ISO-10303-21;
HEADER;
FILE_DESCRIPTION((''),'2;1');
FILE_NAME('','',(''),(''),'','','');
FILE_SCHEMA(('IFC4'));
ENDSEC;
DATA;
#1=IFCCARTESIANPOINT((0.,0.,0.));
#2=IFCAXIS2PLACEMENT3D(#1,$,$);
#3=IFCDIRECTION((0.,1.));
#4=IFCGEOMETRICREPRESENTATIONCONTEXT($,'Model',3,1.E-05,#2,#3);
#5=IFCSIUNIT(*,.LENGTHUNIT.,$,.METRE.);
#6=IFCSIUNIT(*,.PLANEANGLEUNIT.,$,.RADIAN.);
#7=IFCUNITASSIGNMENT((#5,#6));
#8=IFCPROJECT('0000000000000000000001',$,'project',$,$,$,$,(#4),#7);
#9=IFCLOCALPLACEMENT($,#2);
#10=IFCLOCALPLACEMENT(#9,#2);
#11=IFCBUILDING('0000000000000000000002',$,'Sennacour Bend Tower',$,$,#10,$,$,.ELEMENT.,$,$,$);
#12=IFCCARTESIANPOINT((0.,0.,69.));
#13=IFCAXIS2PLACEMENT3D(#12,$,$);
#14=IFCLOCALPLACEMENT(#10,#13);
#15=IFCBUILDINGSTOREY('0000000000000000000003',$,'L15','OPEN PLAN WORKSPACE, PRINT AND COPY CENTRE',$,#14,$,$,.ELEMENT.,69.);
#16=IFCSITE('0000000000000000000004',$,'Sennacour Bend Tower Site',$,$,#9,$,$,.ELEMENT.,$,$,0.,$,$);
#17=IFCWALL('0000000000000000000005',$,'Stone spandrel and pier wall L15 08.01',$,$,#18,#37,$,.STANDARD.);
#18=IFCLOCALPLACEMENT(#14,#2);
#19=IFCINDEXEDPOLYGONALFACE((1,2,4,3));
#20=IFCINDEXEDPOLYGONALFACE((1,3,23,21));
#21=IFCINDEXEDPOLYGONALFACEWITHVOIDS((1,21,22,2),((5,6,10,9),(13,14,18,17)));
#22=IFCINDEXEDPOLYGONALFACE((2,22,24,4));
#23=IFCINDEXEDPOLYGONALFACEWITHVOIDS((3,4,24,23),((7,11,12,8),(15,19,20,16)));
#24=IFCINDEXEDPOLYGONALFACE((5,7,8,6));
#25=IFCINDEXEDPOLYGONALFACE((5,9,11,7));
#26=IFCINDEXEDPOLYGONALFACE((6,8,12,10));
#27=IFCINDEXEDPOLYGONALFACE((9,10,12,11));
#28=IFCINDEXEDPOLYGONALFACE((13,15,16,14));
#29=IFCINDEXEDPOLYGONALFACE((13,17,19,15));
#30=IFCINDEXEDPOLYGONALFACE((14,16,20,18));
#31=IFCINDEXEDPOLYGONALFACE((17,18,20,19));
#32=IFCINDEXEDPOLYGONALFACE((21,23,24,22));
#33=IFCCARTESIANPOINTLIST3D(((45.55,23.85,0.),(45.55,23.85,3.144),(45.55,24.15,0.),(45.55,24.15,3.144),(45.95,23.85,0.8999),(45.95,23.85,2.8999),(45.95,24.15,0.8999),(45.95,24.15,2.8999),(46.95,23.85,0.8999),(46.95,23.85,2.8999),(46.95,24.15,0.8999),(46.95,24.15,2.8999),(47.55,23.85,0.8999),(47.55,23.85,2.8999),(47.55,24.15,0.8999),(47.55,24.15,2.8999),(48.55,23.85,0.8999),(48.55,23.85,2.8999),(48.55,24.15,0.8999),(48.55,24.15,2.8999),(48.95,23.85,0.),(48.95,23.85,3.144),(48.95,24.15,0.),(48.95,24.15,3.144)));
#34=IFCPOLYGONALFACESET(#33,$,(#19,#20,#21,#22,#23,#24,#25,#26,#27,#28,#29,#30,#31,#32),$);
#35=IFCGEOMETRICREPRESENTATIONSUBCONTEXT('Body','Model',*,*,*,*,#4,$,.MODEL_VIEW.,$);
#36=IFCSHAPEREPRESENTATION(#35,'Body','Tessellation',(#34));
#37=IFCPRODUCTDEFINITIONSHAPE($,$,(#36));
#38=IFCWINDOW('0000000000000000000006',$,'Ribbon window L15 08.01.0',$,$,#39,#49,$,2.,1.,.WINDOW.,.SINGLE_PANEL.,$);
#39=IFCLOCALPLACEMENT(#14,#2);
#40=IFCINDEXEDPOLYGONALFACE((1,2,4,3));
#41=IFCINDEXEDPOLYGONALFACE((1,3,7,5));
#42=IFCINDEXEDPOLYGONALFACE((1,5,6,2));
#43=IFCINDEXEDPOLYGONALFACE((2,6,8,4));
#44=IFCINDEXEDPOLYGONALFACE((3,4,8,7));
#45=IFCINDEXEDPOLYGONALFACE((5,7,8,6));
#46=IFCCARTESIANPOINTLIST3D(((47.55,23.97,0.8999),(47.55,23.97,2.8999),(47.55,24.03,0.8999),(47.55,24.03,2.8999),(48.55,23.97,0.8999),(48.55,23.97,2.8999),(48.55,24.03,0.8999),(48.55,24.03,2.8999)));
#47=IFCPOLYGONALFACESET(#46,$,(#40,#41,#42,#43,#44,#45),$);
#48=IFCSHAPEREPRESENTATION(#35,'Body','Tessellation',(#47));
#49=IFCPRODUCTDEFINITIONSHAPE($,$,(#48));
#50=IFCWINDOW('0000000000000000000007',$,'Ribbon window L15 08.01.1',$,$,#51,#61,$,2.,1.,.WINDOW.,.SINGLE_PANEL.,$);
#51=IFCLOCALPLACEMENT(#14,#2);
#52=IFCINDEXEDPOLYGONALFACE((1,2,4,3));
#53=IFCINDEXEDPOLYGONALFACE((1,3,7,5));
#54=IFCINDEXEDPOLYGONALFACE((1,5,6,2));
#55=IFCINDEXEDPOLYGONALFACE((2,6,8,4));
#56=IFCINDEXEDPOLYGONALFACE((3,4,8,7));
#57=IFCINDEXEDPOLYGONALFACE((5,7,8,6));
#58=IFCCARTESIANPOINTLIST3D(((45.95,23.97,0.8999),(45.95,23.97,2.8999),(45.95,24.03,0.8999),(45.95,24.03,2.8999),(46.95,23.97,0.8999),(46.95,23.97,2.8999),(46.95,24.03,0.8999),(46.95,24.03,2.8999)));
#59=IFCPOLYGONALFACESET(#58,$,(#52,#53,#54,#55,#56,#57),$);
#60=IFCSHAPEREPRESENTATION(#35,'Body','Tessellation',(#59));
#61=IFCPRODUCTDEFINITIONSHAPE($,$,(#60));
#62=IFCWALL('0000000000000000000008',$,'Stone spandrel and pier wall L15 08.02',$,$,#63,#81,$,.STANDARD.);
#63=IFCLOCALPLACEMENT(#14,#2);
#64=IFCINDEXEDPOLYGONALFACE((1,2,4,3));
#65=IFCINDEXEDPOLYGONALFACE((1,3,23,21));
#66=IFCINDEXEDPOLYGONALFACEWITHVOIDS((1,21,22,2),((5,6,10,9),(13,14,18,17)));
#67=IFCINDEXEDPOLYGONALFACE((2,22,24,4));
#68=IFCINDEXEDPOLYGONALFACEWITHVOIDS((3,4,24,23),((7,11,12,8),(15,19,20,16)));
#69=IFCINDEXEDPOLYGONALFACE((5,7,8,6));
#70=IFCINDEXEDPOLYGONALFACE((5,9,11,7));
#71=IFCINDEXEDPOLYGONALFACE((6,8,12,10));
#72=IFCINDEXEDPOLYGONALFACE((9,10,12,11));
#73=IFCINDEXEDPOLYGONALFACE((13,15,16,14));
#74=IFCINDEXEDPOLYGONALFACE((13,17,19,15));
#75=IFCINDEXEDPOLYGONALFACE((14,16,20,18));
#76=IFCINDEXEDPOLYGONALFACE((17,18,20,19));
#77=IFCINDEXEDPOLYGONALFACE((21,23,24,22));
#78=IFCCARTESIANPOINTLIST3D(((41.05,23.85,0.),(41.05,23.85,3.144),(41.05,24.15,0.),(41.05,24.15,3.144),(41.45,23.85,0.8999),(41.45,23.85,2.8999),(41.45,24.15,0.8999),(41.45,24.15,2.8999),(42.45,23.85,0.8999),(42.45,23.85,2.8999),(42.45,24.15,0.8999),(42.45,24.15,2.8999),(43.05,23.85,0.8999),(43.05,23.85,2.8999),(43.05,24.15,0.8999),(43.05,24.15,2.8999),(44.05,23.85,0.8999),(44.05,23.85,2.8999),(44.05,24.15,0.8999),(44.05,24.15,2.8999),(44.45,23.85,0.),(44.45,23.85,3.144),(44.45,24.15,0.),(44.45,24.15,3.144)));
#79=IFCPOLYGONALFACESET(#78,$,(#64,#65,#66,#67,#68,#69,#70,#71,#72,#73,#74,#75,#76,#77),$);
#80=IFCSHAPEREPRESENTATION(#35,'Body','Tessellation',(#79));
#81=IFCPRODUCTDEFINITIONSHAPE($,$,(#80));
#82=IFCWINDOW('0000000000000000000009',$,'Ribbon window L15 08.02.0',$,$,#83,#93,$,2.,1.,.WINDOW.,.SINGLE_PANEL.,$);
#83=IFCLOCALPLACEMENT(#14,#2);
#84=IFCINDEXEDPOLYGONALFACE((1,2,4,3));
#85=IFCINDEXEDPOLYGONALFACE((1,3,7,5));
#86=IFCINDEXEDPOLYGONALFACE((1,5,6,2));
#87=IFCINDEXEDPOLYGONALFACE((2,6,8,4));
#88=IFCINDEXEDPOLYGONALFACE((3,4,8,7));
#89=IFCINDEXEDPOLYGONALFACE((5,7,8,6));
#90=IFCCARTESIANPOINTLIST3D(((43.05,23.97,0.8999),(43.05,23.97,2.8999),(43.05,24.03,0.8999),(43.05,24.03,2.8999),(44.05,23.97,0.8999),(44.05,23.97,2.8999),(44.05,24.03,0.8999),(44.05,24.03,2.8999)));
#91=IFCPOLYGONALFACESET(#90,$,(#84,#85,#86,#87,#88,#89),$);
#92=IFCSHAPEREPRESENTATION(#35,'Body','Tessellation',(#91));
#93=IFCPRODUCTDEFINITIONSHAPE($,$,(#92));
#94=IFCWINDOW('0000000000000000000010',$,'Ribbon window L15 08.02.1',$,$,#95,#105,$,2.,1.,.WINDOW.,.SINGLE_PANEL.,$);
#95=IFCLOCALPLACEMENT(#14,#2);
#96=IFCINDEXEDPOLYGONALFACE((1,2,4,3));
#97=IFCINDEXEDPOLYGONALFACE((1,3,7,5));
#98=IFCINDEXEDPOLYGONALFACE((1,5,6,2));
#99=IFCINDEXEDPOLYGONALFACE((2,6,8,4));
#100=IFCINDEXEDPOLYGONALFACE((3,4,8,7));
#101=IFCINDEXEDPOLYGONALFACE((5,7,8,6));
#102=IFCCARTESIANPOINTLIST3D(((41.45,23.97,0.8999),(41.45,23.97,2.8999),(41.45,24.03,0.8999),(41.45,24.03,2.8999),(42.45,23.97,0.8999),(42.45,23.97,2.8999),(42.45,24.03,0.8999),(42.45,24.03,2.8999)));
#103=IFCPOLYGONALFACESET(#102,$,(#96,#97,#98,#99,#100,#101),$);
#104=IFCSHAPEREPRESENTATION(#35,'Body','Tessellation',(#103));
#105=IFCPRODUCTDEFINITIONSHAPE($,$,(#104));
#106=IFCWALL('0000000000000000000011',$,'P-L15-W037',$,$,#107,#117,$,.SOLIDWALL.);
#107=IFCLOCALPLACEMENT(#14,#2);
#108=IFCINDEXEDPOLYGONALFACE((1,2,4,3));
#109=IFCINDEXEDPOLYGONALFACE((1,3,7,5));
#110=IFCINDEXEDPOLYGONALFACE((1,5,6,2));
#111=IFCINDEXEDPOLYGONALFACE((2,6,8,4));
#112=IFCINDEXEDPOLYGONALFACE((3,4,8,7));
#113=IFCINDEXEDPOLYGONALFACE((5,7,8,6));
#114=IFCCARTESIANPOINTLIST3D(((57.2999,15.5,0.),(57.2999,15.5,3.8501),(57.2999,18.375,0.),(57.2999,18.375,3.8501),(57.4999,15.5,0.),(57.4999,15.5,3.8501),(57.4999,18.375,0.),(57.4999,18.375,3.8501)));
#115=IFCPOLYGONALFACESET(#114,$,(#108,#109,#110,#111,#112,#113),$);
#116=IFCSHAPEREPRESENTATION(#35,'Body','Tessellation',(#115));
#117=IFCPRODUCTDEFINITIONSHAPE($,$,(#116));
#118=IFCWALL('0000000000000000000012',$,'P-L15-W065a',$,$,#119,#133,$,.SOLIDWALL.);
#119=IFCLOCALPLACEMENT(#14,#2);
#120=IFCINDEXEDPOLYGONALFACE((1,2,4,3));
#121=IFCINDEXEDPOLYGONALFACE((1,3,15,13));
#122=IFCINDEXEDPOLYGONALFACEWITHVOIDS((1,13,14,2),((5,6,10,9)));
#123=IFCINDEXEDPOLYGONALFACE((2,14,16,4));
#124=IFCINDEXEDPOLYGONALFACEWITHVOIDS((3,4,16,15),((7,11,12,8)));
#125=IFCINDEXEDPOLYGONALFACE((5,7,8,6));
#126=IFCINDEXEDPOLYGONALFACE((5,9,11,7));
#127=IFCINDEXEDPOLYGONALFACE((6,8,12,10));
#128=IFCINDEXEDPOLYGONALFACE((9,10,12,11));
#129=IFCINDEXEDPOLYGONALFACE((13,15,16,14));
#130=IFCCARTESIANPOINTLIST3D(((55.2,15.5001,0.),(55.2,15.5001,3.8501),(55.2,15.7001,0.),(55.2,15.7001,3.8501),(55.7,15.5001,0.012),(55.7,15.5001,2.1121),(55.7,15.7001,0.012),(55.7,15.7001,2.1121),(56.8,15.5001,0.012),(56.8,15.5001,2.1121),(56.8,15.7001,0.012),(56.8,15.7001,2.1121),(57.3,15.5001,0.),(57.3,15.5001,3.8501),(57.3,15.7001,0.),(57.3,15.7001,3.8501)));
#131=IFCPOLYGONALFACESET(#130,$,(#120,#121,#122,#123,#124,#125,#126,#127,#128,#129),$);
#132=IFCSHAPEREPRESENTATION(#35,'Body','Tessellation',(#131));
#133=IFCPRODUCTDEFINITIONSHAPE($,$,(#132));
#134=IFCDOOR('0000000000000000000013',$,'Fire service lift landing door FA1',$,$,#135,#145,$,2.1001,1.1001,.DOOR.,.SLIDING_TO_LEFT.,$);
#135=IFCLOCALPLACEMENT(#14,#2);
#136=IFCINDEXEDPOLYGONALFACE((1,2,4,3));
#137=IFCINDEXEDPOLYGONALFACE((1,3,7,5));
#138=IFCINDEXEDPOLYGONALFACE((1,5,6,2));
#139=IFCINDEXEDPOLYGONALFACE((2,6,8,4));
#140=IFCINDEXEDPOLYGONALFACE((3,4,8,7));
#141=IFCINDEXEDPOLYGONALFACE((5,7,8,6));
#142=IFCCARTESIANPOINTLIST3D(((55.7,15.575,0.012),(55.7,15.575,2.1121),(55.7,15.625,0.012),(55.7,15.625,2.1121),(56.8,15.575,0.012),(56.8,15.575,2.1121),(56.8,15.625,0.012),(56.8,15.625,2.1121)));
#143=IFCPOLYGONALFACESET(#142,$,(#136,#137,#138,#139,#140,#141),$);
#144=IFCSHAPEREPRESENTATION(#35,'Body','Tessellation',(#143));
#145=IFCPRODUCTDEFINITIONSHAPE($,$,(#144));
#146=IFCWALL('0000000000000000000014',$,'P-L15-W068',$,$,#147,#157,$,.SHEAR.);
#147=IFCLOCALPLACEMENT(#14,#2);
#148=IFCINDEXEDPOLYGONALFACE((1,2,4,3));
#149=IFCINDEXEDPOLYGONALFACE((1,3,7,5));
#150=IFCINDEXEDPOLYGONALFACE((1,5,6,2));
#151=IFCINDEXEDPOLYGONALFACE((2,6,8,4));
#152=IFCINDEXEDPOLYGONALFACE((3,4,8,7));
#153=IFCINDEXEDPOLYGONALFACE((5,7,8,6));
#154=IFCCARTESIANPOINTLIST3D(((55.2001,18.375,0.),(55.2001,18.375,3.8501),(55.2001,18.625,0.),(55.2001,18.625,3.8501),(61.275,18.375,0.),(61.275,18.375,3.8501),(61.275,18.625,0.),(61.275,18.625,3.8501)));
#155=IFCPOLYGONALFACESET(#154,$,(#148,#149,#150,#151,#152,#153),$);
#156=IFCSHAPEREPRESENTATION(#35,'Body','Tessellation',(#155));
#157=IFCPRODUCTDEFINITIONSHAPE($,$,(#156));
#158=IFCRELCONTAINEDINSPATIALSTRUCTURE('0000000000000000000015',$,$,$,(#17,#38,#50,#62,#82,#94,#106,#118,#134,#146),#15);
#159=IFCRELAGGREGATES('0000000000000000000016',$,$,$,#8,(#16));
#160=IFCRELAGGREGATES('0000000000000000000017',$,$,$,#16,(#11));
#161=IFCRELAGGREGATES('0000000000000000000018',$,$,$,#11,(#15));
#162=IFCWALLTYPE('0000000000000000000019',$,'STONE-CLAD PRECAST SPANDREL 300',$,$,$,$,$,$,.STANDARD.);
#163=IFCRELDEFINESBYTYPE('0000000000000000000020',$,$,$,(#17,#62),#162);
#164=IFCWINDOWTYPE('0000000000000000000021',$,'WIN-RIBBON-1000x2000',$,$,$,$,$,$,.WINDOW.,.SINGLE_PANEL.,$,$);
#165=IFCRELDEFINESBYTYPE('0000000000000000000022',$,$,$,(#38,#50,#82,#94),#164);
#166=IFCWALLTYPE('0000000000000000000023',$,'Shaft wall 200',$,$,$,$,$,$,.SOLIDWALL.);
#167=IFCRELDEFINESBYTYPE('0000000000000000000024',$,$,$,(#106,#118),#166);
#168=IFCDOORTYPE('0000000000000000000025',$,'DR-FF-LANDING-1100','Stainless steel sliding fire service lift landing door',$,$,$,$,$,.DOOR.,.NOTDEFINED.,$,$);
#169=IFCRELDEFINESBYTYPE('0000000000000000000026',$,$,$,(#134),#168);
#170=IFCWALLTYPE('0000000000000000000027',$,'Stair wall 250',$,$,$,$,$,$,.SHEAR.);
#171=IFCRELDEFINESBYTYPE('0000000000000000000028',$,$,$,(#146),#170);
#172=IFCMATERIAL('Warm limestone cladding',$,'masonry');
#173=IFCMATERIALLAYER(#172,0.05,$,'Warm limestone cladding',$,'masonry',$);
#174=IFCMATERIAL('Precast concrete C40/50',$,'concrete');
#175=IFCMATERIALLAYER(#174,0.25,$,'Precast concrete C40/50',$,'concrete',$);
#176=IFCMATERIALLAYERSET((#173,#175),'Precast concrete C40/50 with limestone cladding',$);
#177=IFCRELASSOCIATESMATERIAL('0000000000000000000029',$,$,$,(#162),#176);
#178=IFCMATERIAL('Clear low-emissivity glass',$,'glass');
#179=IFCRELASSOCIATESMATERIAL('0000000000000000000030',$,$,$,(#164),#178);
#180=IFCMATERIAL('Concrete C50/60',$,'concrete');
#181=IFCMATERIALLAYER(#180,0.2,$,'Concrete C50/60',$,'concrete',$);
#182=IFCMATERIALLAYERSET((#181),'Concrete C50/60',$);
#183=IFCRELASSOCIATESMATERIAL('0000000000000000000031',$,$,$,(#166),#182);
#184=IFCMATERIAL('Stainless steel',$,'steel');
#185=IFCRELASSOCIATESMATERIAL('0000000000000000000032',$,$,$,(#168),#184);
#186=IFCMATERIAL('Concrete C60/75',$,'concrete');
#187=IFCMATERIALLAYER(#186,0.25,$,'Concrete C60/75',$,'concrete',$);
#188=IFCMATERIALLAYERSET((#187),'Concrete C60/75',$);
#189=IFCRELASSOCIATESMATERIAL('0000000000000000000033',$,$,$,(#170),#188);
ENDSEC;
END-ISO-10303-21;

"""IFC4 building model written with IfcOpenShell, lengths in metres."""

from ifc_helpers import new_model, si_unit, direction, frame, frame_2d, origin, place, context, subcontext, project, spatial, rectangle, extrude, material, layer, layer_set, type_object, element, fill, save


model = new_model("IFC4")

# Units and contexts
model_context = context("Model", 3, precision=1e-05, world=origin(), true_north=direction((0.0, 1.0)))
body_context = subcontext(model_context, "Body", "Model", "MODEL_VIEW")
ifc_project = project(units=[si_unit("LENGTHUNIT", "METRE"), si_unit("PLANEANGLEUNIT", "RADIAN")], contexts=[model_context])

# Site, building, storey
site_placement = place(None, origin())
site = spatial("IfcSite", under=ifc_project, at=site_placement, Name="Sennacour Bend Tower Site", CompositionType="ELEMENT", RefElevation=0.0)
building_placement = place(site_placement, origin())
building = spatial("IfcBuilding", under=site, at=building_placement, Name="Sennacour Bend Tower", CompositionType="ELEMENT")
storey_placement = place(building_placement, frame((0.0, 0.0, 69.0)))
storey = spatial("IfcBuildingStorey", under=building, at=storey_placement, Name="L15", Description="OPEN PLAN WORKSPACE, PRINT AND COPY CENTRE", CompositionType="ELEMENT", Elevation=69.0)

# Shared definitions
ifc_material_1 = material(Name="Warm limestone cladding", Category="masonry")
ifc_layer_1 = layer(ifc_material_1, 0.05, Name="Warm limestone cladding", Category="masonry")
ifc_material_2 = material(Name="Precast concrete C40/50", Category="concrete")
ifc_layer_2 = layer(ifc_material_2, 0.25, Name="Precast concrete C40/50", Category="concrete")
ifc_layer_set_1 = layer_set([ifc_layer_1, ifc_layer_2], Name="Precast concrete C40/50 with limestone cladding")
wall_type_1 = type_object("IfcWallType", Name="STONE-CLAD PRECAST SPANDREL 300", PredefinedType="STANDARD", material=ifc_layer_set_1)

# Walls, openings, windows
ifc_material_3 = material(Name="Clear low-emissivity glass", Category="glass")
window_type = type_object("IfcWindowType", Name="WIN-RIBBON-1000x2000", PartitioningType="SINGLE_PANEL", PredefinedType="WINDOW", material=ifc_material_3)
wall_1_placement = place(storey_placement, frame((48.95, 24.0, 0.0), z_axis=(0.0, 0.0, 1.0), x_axis=(-1.0, 0.0, 0.0)))
wall_1 = element("IfcWall", 1, at=wall_1_placement, inside=storey, type_object=wall_type_1, Name="Stone spandrel and pier wall L15 08.01", PredefinedType="STANDARD", context=body_context, shape_type="SweptSolid", body=[
    extrude(rectangle(XDim=3.3999, YDim=0.3, at=frame_2d((1.7, 0.0))), origin(), (0.0, 0.0, 1.0), 3.144),
])
opening_1_placement = place(wall_1_placement, frame((0.3999, 0.0, 0.8999)))
opening_1 = element("IfcOpeningElement", 2, at=opening_1_placement, cuts=wall_1, PredefinedType="OPENING", context=body_context, shape_type="SweptSolid", body=[
    extrude(rectangle(XDim=1.0, YDim=2.0, at=frame_2d((0.5, 1.0))), frame((0.0, 0.1602, 0.0), z_axis=(0.0, -1.0, 0.0), x_axis=(1.0, 0.0, 0.0)), (0.0, 0.0, 1.0), 0.3201),
])
opening_2_placement = place(wall_1_placement, frame((2.0, 0.0, 0.8999)))
opening_2 = element("IfcOpeningElement", 3, at=opening_2_placement, cuts=wall_1, PredefinedType="OPENING", context=body_context, shape_type="SweptSolid", body=[
    extrude(rectangle(XDim=1.0, YDim=2.0, at=frame_2d((0.5, 1.0))), frame((0.0, 0.1602, 0.0), z_axis=(0.0, -1.0, 0.0), x_axis=(1.0, 0.0, 0.0)), (0.0, 0.0, 1.0), 0.3201),
])
window_1_placement = place(opening_1_placement, origin())
window_1 = element("IfcWindow", 4, at=window_1_placement, inside=storey, type_object=window_type, Name="Ribbon window L15 08.01.0", OverallHeight=2.0, OverallWidth=1.0, PartitioningType="SINGLE_PANEL", PredefinedType="WINDOW", context=body_context, shape_type="SweptSolid", body=[
    extrude(rectangle(XDim=1.0, YDim=2.0, at=frame_2d((0.5, 1.0))), frame((0.0, 0.03, 0.0), z_axis=(0.0, -1.0, 0.0), x_axis=(1.0, 0.0, 0.0)), (0.0, 0.0, 1.0), 0.0601),
])
fill(opening_1, window_1)
window_2_placement = place(opening_2_placement, origin())
window_2 = element("IfcWindow", 5, at=window_2_placement, inside=storey, type_object=window_type, Name="Ribbon window L15 08.01.1", OverallHeight=2.0, OverallWidth=1.0, PartitioningType="SINGLE_PANEL", PredefinedType="WINDOW", context=body_context, shape_type="SweptSolid", body=[
    extrude(rectangle(XDim=1.0, YDim=2.0, at=frame_2d((0.5, 1.0))), frame((0.0, 0.03, 0.0), z_axis=(0.0, -1.0, 0.0), x_axis=(1.0, 0.0, 0.0)), (0.0, 0.0, 1.0), 0.0601),
])
fill(opening_2, window_2)
wall_2_placement = place(storey_placement, frame((44.45, 24.0, 0.0), z_axis=(0.0, 0.0, 1.0), x_axis=(-1.0, 0.0, 0.0)))
wall_2 = element("IfcWall", 6, at=wall_2_placement, inside=storey, type_object=wall_type_1, Name="Stone spandrel and pier wall L15 08.02", PredefinedType="STANDARD", context=body_context, shape_type="SweptSolid", body=[
    extrude(rectangle(XDim=3.3999, YDim=0.3, at=frame_2d((1.7, 0.0))), origin(), (0.0, 0.0, 1.0), 3.144),
])
opening_3_placement = place(wall_2_placement, frame((0.3999, 0.0, 0.8999)))
opening_3 = element("IfcOpeningElement", 7, at=opening_3_placement, cuts=wall_2, PredefinedType="OPENING", context=body_context, shape_type="SweptSolid", body=[
    extrude(rectangle(XDim=1.0, YDim=2.0, at=frame_2d((0.5, 1.0))), frame((0.0, 0.1602, 0.0), z_axis=(0.0, -1.0, 0.0), x_axis=(1.0, 0.0, 0.0)), (0.0, 0.0, 1.0), 0.3201),
])
opening_4_placement = place(wall_2_placement, frame((2.0, 0.0, 0.8999)))
opening_4 = element("IfcOpeningElement", 8, at=opening_4_placement, cuts=wall_2, PredefinedType="OPENING", context=body_context, shape_type="SweptSolid", body=[
    extrude(rectangle(XDim=1.0, YDim=2.0, at=frame_2d((0.5, 1.0))), frame((0.0, 0.1602, 0.0), z_axis=(0.0, -1.0, 0.0), x_axis=(1.0, 0.0, 0.0)), (0.0, 0.0, 1.0), 0.3201),
])
window_3_placement = place(opening_3_placement, origin())
window_3 = element("IfcWindow", 9, at=window_3_placement, inside=storey, type_object=window_type, Name="Ribbon window L15 08.02.0", OverallHeight=2.0, OverallWidth=1.0, PartitioningType="SINGLE_PANEL", PredefinedType="WINDOW", context=body_context, shape_type="SweptSolid", body=[
    extrude(rectangle(XDim=1.0, YDim=2.0, at=frame_2d((0.5, 1.0))), frame((0.0, 0.03, 0.0), z_axis=(0.0, -1.0, 0.0), x_axis=(1.0, 0.0, 0.0)), (0.0, 0.0, 1.0), 0.0601),
])
fill(opening_3, window_3)
window_4_placement = place(opening_4_placement, origin())
window_4 = element("IfcWindow", 10, at=window_4_placement, inside=storey, type_object=window_type, Name="Ribbon window L15 08.02.1", OverallHeight=2.0, OverallWidth=1.0, PartitioningType="SINGLE_PANEL", PredefinedType="WINDOW", context=body_context, shape_type="SweptSolid", body=[
    extrude(rectangle(XDim=1.0, YDim=2.0, at=frame_2d((0.5, 1.0))), frame((0.0, 0.03, 0.0), z_axis=(0.0, -1.0, 0.0), x_axis=(1.0, 0.0, 0.0)), (0.0, 0.0, 1.0), 0.0601),
])
fill(opening_4, window_4)

# Wall
ifc_material_4 = material(Name="Concrete C50/60", Category="concrete")
ifc_layer_3 = layer(ifc_material_4, 0.2, Name="Concrete C50/60", Category="concrete")
ifc_layer_set_2 = layer_set([ifc_layer_3], Name="Concrete C50/60")
wall_type_2 = type_object("IfcWallType", Name="Shaft wall 200", PredefinedType="SOLIDWALL", material=ifc_layer_set_2)
wall_3_placement = place(storey_placement, frame((57.3999, 15.5, 0.0), z_axis=(0.0, 0.0, 1.0), x_axis=(0.0, 1.0, 0.0)))
element("IfcWall", 11, at=wall_3_placement, inside=storey, type_object=wall_type_2, Name="P-L15-W037", PredefinedType="SOLIDWALL", context=body_context, shape_type="SweptSolid", body=[
    extrude(rectangle(XDim=2.875, YDim=0.2, at=frame_2d((1.4375, 0.0))), origin(), (0.0, 0.0, 1.0), 3.8501),
])

# Wall, opening, door
wall_4_placement = place(storey_placement, frame((55.2, 15.6001, 0.0), z_axis=(0.0, 0.0, 1.0), x_axis=(1.0, 0.0, 0.0)))
wall_4 = element("IfcWall", 12, at=wall_4_placement, inside=storey, type_object=wall_type_2, Name="P-L15-W065a", PredefinedType="SOLIDWALL", context=body_context, shape_type="SweptSolid", body=[
    extrude(rectangle(XDim=2.1001, YDim=0.2, at=frame_2d((1.05, 0.0))), origin(), (0.0, 0.0, 1.0), 3.8501),
])
opening_5_placement = place(wall_4_placement, frame((0.5, 0.0, 0.012)))
opening_5 = element("IfcOpeningElement", 13, at=opening_5_placement, cuts=wall_4, PredefinedType="OPENING", context=body_context, shape_type="SweptSolid", body=[
    extrude(rectangle(XDim=1.1001, YDim=2.1001, at=frame_2d((0.55, 1.05))), frame((0.0, 0.1099, 0.0), z_axis=(0.0, -1.0, 0.0), x_axis=(1.0, 0.0, 0.0)), (0.0, 0.0, 1.0), 0.22),
])
ifc_material_5 = material(Name="Stainless steel", Category="steel")
door_type_1 = type_object("IfcDoorType", Name="DR-FF-LANDING-1100", Description="Stainless steel sliding fire service lift landing door", OperationType="NOTDEFINED", PredefinedType="DOOR", material=ifc_material_5)
door_1_placement = place(opening_5_placement, origin())
door_1 = element("IfcDoor", 14, at=door_1_placement, inside=storey, type_object=door_type_1, Name="Fire service lift landing door FA1", OperationType="SLIDING_TO_LEFT", OverallHeight=2.1001, OverallWidth=1.1001, PredefinedType="DOOR", context=body_context, shape_type="SweptSolid", body=[
    extrude(rectangle(XDim=1.1001, YDim=2.1001, at=frame_2d((0.55, 1.05))), frame((0.0, 0.0249, 0.0), z_axis=(0.0, -1.0, 0.0), x_axis=(1.0, 0.0, 0.0)), (0.0, 0.0, 1.0), 0.05),
])
fill(opening_5, door_1)

# Wall
ifc_material_6 = material(Name="Concrete C60/75", Category="concrete")
ifc_layer_4 = layer(ifc_material_6, 0.25, Name="Concrete C60/75", Category="concrete")
ifc_layer_set_3 = layer_set([ifc_layer_4], Name="Concrete C60/75")
wall_type_3 = type_object("IfcWallType", Name="Stair wall 250", PredefinedType="SHEAR", material=ifc_layer_set_3)
wall_5_placement = place(storey_placement, frame((55.2, 18.5, 0.0), z_axis=(0.0, 0.0, 1.0), x_axis=(1.0, 0.0, 0.0)))
element("IfcWall", 15, at=wall_5_placement, inside=storey, type_object=wall_type_3, Name="P-L15-W068", PredefinedType="SHEAR", context=body_context, shape_type="SweptSolid", body=[
    extrude(rectangle(XDim=6.075, YDim=0.25, at=frame_2d((3.0376, 0.0))), origin(), (0.0, 0.0, 1.0), 3.8501),
])

save(model, "model.ifc")
